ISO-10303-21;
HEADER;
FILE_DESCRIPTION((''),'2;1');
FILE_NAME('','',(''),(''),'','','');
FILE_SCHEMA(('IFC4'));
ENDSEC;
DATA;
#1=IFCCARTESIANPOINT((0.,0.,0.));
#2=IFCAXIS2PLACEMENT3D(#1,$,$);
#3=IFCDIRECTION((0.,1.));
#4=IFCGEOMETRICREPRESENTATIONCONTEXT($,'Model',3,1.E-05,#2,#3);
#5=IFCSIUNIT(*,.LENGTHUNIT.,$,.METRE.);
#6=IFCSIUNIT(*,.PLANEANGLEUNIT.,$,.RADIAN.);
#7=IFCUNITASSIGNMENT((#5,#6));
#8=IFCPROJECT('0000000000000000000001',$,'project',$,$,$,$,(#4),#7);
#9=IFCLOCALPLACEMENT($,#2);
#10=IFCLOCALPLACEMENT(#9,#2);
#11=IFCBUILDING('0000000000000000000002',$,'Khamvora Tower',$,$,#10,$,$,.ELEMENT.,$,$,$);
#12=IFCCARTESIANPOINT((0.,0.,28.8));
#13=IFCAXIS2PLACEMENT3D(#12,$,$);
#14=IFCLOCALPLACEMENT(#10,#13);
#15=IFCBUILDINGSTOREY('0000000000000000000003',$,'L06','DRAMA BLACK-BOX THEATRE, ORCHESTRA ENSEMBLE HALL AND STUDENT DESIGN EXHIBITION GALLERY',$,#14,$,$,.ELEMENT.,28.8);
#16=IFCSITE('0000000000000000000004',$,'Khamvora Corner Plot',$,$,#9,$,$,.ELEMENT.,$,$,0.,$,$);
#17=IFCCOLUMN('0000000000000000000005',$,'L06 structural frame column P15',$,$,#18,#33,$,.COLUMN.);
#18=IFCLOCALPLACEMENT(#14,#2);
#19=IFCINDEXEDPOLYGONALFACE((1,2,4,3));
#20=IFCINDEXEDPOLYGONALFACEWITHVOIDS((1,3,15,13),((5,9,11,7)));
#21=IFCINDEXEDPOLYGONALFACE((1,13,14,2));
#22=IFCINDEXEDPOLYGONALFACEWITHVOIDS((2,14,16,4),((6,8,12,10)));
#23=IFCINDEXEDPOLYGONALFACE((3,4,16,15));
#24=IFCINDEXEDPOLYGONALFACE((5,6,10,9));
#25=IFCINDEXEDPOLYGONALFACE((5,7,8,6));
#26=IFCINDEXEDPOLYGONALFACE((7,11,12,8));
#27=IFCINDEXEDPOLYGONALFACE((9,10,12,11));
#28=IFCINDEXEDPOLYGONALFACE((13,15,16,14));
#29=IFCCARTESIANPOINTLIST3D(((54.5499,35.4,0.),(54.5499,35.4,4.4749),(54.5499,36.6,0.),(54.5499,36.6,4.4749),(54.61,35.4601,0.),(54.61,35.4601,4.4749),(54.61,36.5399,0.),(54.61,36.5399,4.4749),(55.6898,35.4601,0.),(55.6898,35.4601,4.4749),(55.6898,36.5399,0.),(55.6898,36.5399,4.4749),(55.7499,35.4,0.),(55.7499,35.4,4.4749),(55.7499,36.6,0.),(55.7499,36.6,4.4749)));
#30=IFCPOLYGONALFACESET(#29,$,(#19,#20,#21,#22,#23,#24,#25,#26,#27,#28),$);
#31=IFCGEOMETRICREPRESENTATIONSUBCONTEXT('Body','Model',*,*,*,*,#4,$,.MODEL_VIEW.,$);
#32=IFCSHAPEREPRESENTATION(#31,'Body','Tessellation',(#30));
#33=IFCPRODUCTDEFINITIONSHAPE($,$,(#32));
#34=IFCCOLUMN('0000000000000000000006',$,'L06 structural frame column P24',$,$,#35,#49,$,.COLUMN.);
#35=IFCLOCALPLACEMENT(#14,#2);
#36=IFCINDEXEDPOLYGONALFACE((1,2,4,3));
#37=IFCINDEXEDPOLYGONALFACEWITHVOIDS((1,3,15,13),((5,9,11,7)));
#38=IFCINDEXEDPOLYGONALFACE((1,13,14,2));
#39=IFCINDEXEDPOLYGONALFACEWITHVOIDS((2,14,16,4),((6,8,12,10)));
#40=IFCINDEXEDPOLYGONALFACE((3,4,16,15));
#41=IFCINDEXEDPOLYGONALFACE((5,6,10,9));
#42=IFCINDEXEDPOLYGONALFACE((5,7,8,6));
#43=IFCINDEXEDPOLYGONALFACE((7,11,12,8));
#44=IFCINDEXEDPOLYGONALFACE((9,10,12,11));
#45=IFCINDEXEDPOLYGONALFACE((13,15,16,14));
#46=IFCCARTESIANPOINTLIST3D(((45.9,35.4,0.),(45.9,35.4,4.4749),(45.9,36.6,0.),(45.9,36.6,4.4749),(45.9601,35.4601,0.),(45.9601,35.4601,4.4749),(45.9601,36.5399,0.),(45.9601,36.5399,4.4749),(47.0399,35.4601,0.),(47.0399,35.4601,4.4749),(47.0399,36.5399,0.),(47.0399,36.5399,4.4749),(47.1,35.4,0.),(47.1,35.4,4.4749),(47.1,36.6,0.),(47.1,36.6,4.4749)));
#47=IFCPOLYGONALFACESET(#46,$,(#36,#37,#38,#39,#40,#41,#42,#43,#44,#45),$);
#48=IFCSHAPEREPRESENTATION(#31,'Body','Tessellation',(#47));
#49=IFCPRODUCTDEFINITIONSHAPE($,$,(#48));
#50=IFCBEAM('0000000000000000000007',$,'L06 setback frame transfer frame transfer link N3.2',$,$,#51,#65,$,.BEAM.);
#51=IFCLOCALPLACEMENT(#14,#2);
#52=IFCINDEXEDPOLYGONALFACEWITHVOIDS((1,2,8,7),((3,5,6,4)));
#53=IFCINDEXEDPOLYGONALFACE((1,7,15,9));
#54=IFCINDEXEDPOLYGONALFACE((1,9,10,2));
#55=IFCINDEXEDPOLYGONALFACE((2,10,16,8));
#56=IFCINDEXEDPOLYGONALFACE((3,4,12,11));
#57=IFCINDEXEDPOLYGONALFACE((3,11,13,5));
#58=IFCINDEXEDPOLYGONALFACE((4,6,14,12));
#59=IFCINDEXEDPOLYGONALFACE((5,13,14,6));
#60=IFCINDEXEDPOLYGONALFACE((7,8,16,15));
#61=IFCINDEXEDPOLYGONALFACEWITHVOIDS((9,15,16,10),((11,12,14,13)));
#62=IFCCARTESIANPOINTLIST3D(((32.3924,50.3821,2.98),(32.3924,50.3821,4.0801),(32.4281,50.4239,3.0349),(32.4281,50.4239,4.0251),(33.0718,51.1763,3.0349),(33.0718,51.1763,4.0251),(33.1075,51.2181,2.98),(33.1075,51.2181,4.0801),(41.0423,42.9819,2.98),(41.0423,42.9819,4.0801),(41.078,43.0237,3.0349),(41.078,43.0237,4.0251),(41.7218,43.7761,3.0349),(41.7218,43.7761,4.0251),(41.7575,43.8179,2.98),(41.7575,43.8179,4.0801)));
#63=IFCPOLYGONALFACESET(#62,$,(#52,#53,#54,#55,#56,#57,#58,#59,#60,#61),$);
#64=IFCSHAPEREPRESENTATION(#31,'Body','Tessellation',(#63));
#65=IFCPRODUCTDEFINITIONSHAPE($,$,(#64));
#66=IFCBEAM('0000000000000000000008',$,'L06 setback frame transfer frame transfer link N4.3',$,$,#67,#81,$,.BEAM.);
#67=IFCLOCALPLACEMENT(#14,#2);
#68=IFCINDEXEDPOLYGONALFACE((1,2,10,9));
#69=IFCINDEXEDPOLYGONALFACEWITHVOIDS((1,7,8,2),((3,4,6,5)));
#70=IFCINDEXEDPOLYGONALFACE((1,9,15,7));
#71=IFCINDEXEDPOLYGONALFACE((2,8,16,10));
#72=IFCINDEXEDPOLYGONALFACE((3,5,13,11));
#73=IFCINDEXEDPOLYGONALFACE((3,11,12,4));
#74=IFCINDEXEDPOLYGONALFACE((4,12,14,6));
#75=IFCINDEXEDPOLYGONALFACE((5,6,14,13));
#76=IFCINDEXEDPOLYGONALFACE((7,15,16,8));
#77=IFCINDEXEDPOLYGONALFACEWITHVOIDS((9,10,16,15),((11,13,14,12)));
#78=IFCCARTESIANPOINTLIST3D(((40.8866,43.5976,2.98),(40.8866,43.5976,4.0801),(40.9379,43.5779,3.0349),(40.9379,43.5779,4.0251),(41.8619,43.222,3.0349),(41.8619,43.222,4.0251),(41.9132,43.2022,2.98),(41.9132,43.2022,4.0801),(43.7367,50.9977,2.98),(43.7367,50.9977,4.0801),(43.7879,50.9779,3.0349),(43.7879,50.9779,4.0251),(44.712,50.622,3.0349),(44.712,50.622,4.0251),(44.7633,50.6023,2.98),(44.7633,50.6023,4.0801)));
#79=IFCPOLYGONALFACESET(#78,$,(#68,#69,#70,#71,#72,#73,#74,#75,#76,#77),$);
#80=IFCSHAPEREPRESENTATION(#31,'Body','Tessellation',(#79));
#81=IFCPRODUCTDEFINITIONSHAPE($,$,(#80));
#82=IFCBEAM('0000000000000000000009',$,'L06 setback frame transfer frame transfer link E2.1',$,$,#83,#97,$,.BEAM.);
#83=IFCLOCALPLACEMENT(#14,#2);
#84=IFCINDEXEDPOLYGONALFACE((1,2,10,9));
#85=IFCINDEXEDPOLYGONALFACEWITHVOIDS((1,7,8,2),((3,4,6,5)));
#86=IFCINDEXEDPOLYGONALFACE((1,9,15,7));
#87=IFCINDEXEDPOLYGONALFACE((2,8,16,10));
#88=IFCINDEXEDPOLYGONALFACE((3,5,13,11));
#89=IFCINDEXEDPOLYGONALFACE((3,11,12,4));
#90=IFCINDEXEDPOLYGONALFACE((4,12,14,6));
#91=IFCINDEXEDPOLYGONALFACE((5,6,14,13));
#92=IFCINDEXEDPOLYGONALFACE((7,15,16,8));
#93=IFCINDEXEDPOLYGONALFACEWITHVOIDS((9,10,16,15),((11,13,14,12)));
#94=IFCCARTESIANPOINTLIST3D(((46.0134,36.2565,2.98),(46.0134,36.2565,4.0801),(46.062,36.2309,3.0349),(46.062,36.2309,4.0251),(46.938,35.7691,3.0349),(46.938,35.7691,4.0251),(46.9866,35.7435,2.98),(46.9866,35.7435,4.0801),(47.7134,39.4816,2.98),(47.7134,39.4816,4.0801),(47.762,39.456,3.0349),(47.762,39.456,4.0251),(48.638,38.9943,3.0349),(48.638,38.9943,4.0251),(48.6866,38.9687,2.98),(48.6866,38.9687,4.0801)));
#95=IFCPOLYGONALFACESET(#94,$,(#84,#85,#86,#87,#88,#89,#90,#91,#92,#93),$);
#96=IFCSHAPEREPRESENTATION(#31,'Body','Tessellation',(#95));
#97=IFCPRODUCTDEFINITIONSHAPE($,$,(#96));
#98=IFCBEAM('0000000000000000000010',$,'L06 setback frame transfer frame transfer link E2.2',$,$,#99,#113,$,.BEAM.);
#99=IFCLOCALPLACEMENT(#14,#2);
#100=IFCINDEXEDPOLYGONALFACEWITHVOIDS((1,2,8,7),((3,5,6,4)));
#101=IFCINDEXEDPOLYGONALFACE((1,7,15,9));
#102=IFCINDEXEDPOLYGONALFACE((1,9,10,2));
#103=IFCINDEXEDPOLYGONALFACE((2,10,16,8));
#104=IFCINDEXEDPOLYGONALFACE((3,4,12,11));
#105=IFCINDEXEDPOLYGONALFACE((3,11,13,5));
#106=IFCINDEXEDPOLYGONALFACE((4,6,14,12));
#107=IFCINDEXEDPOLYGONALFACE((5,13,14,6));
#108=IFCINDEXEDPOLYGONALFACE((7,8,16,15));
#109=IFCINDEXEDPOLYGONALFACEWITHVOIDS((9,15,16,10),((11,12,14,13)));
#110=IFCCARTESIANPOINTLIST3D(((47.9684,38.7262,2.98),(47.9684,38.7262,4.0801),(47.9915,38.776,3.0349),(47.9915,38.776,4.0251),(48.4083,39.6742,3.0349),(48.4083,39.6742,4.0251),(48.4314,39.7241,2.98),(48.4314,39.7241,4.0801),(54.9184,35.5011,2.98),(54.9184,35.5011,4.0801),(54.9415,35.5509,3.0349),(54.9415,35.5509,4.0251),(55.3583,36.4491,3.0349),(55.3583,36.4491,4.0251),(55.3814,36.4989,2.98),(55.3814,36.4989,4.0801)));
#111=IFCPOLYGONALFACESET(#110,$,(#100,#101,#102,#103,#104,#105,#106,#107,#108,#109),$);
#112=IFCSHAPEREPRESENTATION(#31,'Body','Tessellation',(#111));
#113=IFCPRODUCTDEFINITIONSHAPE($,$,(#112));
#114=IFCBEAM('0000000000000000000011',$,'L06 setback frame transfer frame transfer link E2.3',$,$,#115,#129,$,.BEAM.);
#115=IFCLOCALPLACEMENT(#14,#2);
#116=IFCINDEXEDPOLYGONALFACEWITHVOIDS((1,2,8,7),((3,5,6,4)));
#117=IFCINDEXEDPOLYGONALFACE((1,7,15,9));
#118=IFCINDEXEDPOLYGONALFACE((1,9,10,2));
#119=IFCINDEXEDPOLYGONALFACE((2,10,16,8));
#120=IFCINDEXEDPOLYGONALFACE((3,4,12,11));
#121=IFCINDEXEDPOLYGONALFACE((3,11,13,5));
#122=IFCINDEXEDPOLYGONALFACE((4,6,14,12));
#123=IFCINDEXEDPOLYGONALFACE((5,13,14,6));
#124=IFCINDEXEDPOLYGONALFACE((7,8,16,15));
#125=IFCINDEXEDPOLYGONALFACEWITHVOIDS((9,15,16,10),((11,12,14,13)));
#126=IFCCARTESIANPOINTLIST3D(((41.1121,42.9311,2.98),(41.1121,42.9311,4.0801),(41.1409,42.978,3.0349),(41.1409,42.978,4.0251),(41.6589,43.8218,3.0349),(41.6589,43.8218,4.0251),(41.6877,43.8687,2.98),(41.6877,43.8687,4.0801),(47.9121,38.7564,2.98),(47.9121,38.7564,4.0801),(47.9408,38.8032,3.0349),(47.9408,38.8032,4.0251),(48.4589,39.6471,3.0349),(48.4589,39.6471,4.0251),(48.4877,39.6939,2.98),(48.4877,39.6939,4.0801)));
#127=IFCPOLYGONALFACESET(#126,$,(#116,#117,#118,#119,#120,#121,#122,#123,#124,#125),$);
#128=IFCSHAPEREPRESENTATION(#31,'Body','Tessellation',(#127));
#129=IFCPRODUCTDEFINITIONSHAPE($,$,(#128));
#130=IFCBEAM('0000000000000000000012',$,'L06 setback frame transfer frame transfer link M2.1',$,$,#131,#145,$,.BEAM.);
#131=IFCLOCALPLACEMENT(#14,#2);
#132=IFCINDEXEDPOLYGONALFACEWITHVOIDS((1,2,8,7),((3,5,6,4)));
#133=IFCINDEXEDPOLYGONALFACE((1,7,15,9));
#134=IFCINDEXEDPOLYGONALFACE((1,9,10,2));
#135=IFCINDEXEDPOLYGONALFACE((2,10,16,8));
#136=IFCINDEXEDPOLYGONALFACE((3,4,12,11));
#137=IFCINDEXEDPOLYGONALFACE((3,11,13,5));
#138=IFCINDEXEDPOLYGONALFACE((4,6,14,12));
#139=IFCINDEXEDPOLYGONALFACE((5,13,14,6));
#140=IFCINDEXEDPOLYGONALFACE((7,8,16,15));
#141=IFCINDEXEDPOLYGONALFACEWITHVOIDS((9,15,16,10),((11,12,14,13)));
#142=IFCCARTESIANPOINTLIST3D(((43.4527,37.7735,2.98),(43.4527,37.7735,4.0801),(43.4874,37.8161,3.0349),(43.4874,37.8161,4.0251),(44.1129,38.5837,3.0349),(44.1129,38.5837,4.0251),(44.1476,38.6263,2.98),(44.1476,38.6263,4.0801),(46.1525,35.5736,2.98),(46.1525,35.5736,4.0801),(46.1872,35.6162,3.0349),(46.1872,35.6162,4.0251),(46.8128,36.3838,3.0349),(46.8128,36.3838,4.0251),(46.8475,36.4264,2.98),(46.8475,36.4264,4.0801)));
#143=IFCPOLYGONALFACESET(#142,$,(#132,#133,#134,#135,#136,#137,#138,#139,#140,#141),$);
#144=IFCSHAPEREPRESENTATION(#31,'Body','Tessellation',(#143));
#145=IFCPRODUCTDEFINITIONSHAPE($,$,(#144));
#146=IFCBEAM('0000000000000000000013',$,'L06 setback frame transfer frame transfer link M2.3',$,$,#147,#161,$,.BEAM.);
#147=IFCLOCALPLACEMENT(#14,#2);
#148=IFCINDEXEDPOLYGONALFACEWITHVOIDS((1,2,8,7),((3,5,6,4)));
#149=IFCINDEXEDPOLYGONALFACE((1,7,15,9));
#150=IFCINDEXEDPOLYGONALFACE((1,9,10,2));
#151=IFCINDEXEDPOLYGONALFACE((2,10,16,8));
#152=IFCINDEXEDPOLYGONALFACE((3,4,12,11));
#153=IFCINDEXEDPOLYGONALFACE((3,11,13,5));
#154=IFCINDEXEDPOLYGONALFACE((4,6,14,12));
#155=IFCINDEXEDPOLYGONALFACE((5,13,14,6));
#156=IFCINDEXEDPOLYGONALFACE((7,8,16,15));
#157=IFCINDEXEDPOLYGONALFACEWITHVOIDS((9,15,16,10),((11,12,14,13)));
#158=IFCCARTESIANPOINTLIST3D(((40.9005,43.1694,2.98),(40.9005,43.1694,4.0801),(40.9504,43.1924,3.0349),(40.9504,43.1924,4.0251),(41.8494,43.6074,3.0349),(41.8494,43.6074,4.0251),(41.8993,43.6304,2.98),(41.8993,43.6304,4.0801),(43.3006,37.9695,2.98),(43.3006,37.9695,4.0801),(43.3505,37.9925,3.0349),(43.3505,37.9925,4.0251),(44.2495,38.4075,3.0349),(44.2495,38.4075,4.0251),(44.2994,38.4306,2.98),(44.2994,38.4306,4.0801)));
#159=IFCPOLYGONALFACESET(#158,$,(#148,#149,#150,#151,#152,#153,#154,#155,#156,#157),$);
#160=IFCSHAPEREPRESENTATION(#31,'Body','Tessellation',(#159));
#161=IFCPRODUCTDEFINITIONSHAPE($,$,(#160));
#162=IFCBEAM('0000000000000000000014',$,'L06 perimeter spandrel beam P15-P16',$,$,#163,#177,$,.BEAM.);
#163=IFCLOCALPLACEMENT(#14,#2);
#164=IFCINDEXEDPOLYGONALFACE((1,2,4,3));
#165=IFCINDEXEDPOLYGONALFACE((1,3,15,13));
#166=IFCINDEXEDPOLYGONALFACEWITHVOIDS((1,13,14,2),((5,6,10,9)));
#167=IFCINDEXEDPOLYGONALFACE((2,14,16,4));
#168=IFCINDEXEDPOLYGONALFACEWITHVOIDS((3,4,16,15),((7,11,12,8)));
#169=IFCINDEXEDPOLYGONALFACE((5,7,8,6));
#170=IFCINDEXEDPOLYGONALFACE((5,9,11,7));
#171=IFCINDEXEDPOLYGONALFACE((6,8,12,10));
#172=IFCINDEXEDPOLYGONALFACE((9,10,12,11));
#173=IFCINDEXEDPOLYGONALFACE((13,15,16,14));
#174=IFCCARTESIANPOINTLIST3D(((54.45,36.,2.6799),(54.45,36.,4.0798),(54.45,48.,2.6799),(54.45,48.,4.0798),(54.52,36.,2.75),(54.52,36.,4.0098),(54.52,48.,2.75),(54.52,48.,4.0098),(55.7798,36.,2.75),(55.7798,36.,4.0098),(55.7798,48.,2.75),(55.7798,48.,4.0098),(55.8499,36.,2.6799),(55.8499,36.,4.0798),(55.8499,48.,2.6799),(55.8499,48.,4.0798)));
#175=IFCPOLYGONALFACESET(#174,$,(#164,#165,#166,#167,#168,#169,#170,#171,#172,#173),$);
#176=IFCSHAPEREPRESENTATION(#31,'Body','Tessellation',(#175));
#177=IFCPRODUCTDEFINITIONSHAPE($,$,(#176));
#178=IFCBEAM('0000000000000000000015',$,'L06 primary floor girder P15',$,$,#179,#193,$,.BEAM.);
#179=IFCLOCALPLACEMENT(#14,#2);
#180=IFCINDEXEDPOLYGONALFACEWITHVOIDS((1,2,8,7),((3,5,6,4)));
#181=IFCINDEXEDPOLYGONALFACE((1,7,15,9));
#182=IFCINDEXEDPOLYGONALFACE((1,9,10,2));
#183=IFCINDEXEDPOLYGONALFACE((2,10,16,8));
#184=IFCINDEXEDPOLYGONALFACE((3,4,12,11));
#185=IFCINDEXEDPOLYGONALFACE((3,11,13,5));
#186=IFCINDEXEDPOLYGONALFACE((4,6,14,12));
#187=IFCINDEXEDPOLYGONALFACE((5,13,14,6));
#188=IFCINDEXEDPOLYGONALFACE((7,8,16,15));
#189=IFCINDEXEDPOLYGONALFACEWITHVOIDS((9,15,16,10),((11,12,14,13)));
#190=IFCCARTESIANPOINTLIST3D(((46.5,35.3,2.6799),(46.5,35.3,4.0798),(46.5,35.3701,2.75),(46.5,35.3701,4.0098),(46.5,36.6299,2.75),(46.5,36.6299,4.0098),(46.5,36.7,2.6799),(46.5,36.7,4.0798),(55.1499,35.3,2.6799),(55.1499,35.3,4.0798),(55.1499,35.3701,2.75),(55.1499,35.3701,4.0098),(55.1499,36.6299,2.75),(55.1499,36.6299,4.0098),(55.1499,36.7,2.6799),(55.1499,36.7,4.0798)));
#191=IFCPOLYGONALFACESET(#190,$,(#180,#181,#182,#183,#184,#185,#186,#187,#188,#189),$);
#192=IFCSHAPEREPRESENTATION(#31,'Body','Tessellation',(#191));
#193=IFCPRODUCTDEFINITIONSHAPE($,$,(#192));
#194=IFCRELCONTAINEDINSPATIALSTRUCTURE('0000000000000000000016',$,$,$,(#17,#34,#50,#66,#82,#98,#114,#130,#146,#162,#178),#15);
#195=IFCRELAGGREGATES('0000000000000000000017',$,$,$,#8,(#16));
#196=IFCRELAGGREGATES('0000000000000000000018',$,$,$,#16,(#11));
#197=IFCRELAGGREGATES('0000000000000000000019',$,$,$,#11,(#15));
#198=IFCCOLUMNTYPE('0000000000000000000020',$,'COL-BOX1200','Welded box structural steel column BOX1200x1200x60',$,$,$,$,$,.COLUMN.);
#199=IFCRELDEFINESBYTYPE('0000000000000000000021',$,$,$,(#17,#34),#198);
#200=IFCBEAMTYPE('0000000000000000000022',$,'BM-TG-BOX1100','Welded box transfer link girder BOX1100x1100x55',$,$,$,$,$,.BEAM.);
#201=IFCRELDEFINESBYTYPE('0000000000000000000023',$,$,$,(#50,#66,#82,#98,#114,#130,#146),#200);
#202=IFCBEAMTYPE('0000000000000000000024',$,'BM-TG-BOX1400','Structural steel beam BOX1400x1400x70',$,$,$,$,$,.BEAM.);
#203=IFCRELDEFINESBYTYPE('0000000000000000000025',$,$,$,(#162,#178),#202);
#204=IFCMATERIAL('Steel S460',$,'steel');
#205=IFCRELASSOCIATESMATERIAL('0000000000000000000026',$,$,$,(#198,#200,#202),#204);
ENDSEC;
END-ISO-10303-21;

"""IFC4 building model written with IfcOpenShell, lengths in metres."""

from ifc_helpers import new_model, si_unit, direction, frame, origin, origin_2d, place, context, subcontext, project, spatial, hollow_rectangle, extrude, material, material_profile, profile_set, type_object, element, save


model = new_model("IFC4")

# Units and contexts
model_context = context("Model", 3, precision=1e-05, world=origin(), true_north=direction((0.0, 1.0)))
body_context = subcontext(model_context, "Body", "Model", "MODEL_VIEW")
ifc_project = project(units=[si_unit("LENGTHUNIT", "METRE"), si_unit("PLANEANGLEUNIT", "RADIAN")], contexts=[model_context])

# Site, building, storey
site_placement = place(None, origin())
site = spatial("IfcSite", under=ifc_project, at=site_placement, Name="Khamvora Corner Plot", CompositionType="ELEMENT", RefElevation=0.0)
building_placement = place(site_placement, origin())
building = spatial("IfcBuilding", under=site, at=building_placement, Name="Khamvora Tower", CompositionType="ELEMENT")
storey_placement = place(building_placement, frame((0.0, 0.0, 28.8)))
storey = spatial("IfcBuildingStorey", under=building, at=storey_placement, Name="L06", Description="DRAMA BLACK-BOX THEATRE, ORCHESTRA ENSEMBLE HALL AND STUDENT DESIGN EXHIBITION GALLERY", CompositionType="ELEMENT", Elevation=28.8)

# Columns
ifc_material_1 = material(Name="Steel S460", Category="steel")
ifc_material_profile_1 = material_profile(ifc_material_1, hollow_rectangle(XDim=1.2, YDim=1.2, WallThickness=0.0601, at=origin_2d()), Name="BOX1200x1200x60")
ifc_profile_set_1 = profile_set([ifc_material_profile_1], Name="Steel S460")
column_type = type_object("IfcColumnType", Name="COL-BOX1200", Description="Welded box structural steel column BOX1200x1200x60", PredefinedType="COLUMN", material=ifc_profile_set_1)
for number, where, z_axis, x_axis, name in (
    (1, (55.1499, 36.0, 0.0), (0.0, 0.0, 1.0), (1.0, 0.0, 0.0), "L06 structural frame column P15"),
    (2, (46.5, 36.0, 0.0), (0.0, 0.0, 1.0), (1.0, 0.0, 0.0), "L06 structural frame column P24"),
):
    element("IfcColumn", number, at=place(storey_placement, frame(where, z_axis=z_axis, x_axis=x_axis)), inside=storey, type_object=column_type, Name=name, PredefinedType="COLUMN", context=body_context, shape_type="SweptSolid", body=[
        extrude(hollow_rectangle(XDim=1.2, YDim=1.2, WallThickness=0.0601, at=origin_2d()), origin(), (0.0, 0.0, 1.0), 4.4749),
    ])

# Beams
ifc_material_profile_2 = material_profile(ifc_material_1, hollow_rectangle(XDim=1.1001, YDim=1.1001, WallThickness=0.0549, at=origin_2d()), Name="BOX1100x1100x55")
ifc_profile_set_2 = profile_set([ifc_material_profile_2], Name="Steel S460")
beam_type_1 = type_object("IfcBeamType", Name="BM-TG-BOX1100", Description="Welded box transfer link girder BOX1100x1100x55", PredefinedType="BEAM", material=ifc_profile_set_2)
beam_1_placement = place(storey_placement, frame((41.3999, 43.3999, 3.53), z_axis=(-0.759866, 0.650079, 0.0), x_axis=(-0.650079, -0.759866, 0.0)))
element("IfcBeam", 3, at=beam_1_placement, inside=storey, type_object=beam_type_1, Name="L06 setback frame transfer frame transfer link N3.2", PredefinedType="BEAM", context=body_context, shape_type="SweptSolid", body=[
    extrude(hollow_rectangle(XDim=1.1001, YDim=1.1001, WallThickness=0.0549, at=origin_2d()), origin(), (0.0, 0.0, 1.0), 11.3835),
])
beam_2_placement = place(storey_placement, frame((41.3999, 43.3999, 3.53), z_axis=(0.359406, 0.933181, 0.0), x_axis=(-0.933181, 0.359406, 0.0)))
element("IfcBeam", 4, at=beam_2_placement, inside=storey, type_object=beam_type_1, Name="L06 setback frame transfer frame transfer link N4.3", PredefinedType="BEAM", context=body_context, shape_type="SweptSolid", body=[
    extrude(hollow_rectangle(XDim=1.1001, YDim=1.1001, WallThickness=0.0549, at=origin_2d()), origin(), (0.0, 0.0, 1.0), 7.9299),
])
beam_3_placement = place(storey_placement, frame((46.5, 36.0, 3.53), z_axis=(0.46629, 0.884632, 0.0), x_axis=(-0.884632, 0.46629, 0.0)))
element("IfcBeam", 5, at=beam_3_placement, inside=storey, type_object=beam_type_1, Name="L06 setback frame transfer frame transfer link E2.1", PredefinedType="BEAM", context=body_context, shape_type="SweptSolid", body=[
    extrude(hollow_rectangle(XDim=1.1001, YDim=1.1001, WallThickness=0.0549, at=origin_2d()), origin(), (0.0, 0.0, 1.0), 3.6458),
])
beam_4_placement = place(storey_placement, frame((55.1499, 36.0, 3.53), z_axis=(-0.907092, 0.420932, 0.0), x_axis=(-0.420932, -0.907092, 0.0)))
element("IfcBeam", 6, at=beam_4_placement, inside=storey, type_object=beam_type_1, Name="L06 setback frame transfer frame transfer link E2.2", PredefinedType="BEAM", context=body_context, shape_type="SweptSolid", body=[
    extrude(hollow_rectangle(XDim=1.1001, YDim=1.1001, WallThickness=0.0549, at=origin_2d()), origin(), (0.0, 0.0, 1.0), 7.6619),
])
beam_5_placement = place(storey_placement, frame((41.3999, 43.3999, 3.53), z_axis=(0.852208, -0.523203, 0.0), x_axis=(0.523203, 0.852208, 0.0)))
element("IfcBeam", 7, at=beam_5_placement, inside=storey, type_object=beam_type_1, Name="L06 setback frame transfer frame transfer link E2.3", PredefinedType="BEAM", context=body_context, shape_type="SweptSolid", body=[
    extrude(hollow_rectangle(XDim=1.1001, YDim=1.1001, WallThickness=0.0549, at=origin_2d()), origin(), (0.0, 0.0, 1.0), 7.9792),
])
beam_6_placement = place(storey_placement, frame((46.5, 36.0, 3.53), z_axis=(-0.775236, 0.631671, 0.0), x_axis=(-0.631671, -0.775236, 0.0)))
element("IfcBeam", 8, at=beam_6_placement, inside=storey, type_object=beam_type_1, Name="L06 setback frame transfer frame transfer link M2.1", PredefinedType="BEAM", context=body_context, shape_type="SweptSolid", body=[
    extrude(hollow_rectangle(XDim=1.1001, YDim=1.1001, WallThickness=0.0549, at=origin_2d()), origin(), (0.0, 0.0, 1.0), 3.4827),
])
beam_7_placement = place(storey_placement, frame((41.3999, 43.3999, 3.53), z_axis=(0.419083, -0.907948, 0.0), x_axis=(0.907948, 0.419083, 0.0)))
element("IfcBeam", 9, at=beam_7_placement, inside=storey, type_object=beam_type_1, Name="L06 setback frame transfer frame transfer link M2.3", PredefinedType="BEAM", context=body_context, shape_type="SweptSolid", body=[
    extrude(hollow_rectangle(XDim=1.1001, YDim=1.1001, WallThickness=0.0549, at=origin_2d()), origin(), (0.0, 0.0, 1.0), 5.7271),
])
ifc_material_profile_3 = material_profile(ifc_material_1, hollow_rectangle(XDim=1.3999, YDim=1.3999, WallThickness=0.0701, at=origin_2d()), Name="BOX1400x1400x70")
ifc_profile_set_3 = profile_set([ifc_material_profile_3], Name="Steel S460")
beam_type_2 = type_object("IfcBeamType", Name="BM-TG-BOX1400", Description="Structural steel beam BOX1400x1400x70", PredefinedType="BEAM", material=ifc_profile_set_3)
beam_8_placement = place(storey_placement, frame((55.1499, 36.0, 3.3799), z_axis=(0.0, 1.0, 0.0), x_axis=(-1.0, 0.0, 0.0)))
element("IfcBeam", 10, at=beam_8_placement, inside=storey, type_object=beam_type_2, Name="L06 perimeter spandrel beam P15-P16", PredefinedType="BEAM", context=body_context, shape_type="SweptSolid", body=[
    extrude(hollow_rectangle(XDim=1.3999, YDim=1.3999, WallThickness=0.0701, at=origin_2d()), origin(), (0.0, 0.0, 1.0), 12.0),
])
beam_9_placement = place(storey_placement, frame((46.5, 36.0, 3.3799), z_axis=(1.0, 0.0, 0.0), x_axis=(0.0, 1.0, 0.0)))
element("IfcBeam", 11, at=beam_9_placement, inside=storey, type_object=beam_type_2, Name="L06 primary floor girder P15", PredefinedType="BEAM", context=body_context, shape_type="SweptSolid", body=[
    extrude(hollow_rectangle(XDim=1.3999, YDim=1.3999, WallThickness=0.0701, at=origin_2d()), origin(), (0.0, 0.0, 1.0), 8.6499),
])

save(model, "model.ifc")
